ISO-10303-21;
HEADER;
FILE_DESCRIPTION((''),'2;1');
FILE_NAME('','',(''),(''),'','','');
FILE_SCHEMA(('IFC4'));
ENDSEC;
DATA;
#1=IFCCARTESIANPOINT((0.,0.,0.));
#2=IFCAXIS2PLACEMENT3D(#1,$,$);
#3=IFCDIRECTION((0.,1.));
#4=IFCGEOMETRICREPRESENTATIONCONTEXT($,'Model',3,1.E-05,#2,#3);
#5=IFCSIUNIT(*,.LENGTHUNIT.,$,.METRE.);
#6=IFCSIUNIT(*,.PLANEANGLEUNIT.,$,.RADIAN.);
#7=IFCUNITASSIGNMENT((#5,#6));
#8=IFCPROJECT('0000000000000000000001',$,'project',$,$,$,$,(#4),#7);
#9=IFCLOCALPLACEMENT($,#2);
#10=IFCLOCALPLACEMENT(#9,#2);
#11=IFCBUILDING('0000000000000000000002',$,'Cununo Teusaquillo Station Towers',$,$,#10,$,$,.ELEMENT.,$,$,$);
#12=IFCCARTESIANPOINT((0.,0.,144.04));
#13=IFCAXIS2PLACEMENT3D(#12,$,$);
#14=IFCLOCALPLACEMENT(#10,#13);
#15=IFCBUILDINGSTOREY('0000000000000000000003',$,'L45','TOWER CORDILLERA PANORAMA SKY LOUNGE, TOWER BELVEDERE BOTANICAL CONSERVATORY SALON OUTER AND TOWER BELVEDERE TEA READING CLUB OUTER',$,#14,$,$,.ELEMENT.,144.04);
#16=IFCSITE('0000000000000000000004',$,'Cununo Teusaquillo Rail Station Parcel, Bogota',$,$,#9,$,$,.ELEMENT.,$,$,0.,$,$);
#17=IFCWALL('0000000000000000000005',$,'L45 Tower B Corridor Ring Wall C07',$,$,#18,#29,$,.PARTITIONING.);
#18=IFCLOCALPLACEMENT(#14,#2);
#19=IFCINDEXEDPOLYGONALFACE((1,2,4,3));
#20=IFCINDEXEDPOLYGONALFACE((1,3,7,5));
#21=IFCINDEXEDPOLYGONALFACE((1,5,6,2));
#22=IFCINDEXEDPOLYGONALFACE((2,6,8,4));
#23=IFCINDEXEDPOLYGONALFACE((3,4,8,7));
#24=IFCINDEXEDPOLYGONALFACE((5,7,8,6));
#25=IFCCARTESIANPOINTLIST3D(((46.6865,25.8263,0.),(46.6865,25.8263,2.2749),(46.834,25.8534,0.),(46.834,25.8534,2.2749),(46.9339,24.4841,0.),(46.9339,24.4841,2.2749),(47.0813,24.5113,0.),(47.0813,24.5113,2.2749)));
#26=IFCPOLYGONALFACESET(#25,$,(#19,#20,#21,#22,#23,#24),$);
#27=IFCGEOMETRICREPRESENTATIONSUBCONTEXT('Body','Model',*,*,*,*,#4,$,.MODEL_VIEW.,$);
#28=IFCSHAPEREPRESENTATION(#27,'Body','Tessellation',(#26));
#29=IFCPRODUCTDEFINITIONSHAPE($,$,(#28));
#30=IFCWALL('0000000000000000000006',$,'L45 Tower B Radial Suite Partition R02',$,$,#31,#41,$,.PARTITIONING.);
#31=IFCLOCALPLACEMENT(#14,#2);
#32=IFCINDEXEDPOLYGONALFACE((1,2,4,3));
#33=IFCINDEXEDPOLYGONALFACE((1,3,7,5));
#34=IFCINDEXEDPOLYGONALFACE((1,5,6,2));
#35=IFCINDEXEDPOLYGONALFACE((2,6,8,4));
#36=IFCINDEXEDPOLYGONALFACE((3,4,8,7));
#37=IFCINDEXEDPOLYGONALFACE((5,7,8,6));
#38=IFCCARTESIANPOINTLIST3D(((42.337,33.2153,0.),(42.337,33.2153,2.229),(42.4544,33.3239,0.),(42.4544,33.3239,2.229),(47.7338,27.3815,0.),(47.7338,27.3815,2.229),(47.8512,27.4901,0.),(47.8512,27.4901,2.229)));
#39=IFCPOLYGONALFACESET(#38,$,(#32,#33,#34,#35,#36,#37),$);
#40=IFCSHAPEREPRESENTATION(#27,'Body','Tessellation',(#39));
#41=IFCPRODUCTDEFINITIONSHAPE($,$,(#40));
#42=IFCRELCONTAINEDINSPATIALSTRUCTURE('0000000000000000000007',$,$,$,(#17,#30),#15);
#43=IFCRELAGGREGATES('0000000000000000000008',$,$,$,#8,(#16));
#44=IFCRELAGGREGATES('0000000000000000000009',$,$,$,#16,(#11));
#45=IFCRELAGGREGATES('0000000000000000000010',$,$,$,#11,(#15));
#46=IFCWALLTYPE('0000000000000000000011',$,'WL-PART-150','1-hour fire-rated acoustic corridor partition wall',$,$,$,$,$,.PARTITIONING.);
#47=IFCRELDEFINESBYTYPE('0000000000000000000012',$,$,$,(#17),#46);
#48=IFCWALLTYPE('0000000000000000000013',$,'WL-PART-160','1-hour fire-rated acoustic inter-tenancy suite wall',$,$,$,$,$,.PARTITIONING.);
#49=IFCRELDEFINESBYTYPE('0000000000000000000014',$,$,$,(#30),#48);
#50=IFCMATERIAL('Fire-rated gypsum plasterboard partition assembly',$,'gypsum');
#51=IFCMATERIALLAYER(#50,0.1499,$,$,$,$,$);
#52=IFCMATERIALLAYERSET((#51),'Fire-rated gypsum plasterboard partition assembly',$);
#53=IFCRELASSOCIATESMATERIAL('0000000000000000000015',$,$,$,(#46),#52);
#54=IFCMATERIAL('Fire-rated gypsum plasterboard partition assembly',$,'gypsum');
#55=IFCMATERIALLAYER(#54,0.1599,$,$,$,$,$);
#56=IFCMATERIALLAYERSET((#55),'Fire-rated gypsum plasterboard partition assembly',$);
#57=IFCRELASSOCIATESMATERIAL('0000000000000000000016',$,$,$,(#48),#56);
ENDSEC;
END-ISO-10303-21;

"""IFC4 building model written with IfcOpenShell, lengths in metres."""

from ifc_helpers import new_model, si_unit, direction, frame, frame_2d, origin, place, context, subcontext, project, spatial, rectangle, extrude, material, layer, layer_set, type_object, element, save


model = new_model("IFC4")

# Units and contexts
model_context = context("Model", 3, precision=1e-05, world=origin(), true_north=direction((0.0, 1.0)))
body_context = subcontext(model_context, "Body", "Model", "MODEL_VIEW")
ifc_project = project(units=[si_unit("LENGTHUNIT", "METRE"), si_unit("PLANEANGLEUNIT", "RADIAN")], contexts=[model_context])

# Site, building, storey
site_placement = place(None, origin())
site = spatial("IfcSite", under=ifc_project, at=site_placement, Name="Cununo Teusaquillo Rail Station Parcel, Bogota", CompositionType="ELEMENT", RefElevation=0.0)
building_placement = place(site_placement, origin())
building = spatial("IfcBuilding", under=site, at=building_placement, Name="Cununo Teusaquillo Station Towers", CompositionType="ELEMENT")
storey_placement = place(building_placement, frame((0.0, 0.0, 144.04)))
storey = spatial("IfcBuildingStorey", under=building, at=storey_placement, Name="L45", Description="TOWER CORDILLERA PANORAMA SKY LOUNGE, TOWER BELVEDERE BOTANICAL CONSERVATORY SALON OUTER AND TOWER BELVEDERE TEA READING CLUB OUTER", CompositionType="ELEMENT", Elevation=144.04)

# Walls
ifc_material_1 = material(Name="Fire-rated gypsum plasterboard partition assembly", Category="gypsum")
ifc_layer_1 = layer(ifc_material_1, 0.1499)
ifc_layer_set_1 = layer_set([ifc_layer_1], Name="Fire-rated gypsum plasterboard partition assembly")
wall_type_1 = type_object("IfcWallType", Name="WL-PART-150", Description="1-hour fire-rated acoustic corridor partition wall", PredefinedType="PARTITIONING", material=ifc_layer_set_1)
wall_1_placement = place(storey_placement, frame((46.7603, 25.8398, 0.0), z_axis=(0.0, 0.0, 1.0), x_axis=(0.181231, -0.983441, 0.0)))
element("IfcWall", 1, at=wall_1_placement, inside=storey, type_object=wall_type_1, Name="L45 Tower B Corridor Ring Wall C07", PredefinedType="PARTITIONING", context=body_context, shape_type="SweptSolid", body=[
    extrude(rectangle(XDim=1.3647, YDim=0.1499, at=frame_2d((0.6824, 0.0))), origin(), (0.0, 0.0, 1.0), 2.2749),
])
ifc_material_2 = material(Name="Fire-rated gypsum plasterboard partition assembly", Category="gypsum")
ifc_layer_2 = layer(ifc_material_2, 0.1599)
ifc_layer_set_2 = layer_set([ifc_layer_2], Name="Fire-rated gypsum plasterboard partition assembly")
wall_type_2 = type_object("IfcWallType", Name="WL-PART-160", Description="1-hour fire-rated acoustic inter-tenancy suite wall", PredefinedType="PARTITIONING", material=ifc_layer_set_2)
wall_2_placement = place(storey_placement, frame((47.7925, 27.4358, 0.0), z_axis=(0.0, 0.0, 1.0), x_axis=(-0.679077, 0.734067, 0.0)))
element("IfcWall", 2, at=wall_2_placement, inside=storey, type_object=wall_type_2, Name="L45 Tower B Radial Suite Partition R02", PredefinedType="PARTITIONING", context=body_context, shape_type="SweptSolid", body=[
    extrude(rectangle(XDim=7.9473, YDim=0.1599, at=frame_2d((3.9736, 0.0))), origin(), (0.0, 0.0, 1.0), 2.229),
])

save(model, "model.ifc")
